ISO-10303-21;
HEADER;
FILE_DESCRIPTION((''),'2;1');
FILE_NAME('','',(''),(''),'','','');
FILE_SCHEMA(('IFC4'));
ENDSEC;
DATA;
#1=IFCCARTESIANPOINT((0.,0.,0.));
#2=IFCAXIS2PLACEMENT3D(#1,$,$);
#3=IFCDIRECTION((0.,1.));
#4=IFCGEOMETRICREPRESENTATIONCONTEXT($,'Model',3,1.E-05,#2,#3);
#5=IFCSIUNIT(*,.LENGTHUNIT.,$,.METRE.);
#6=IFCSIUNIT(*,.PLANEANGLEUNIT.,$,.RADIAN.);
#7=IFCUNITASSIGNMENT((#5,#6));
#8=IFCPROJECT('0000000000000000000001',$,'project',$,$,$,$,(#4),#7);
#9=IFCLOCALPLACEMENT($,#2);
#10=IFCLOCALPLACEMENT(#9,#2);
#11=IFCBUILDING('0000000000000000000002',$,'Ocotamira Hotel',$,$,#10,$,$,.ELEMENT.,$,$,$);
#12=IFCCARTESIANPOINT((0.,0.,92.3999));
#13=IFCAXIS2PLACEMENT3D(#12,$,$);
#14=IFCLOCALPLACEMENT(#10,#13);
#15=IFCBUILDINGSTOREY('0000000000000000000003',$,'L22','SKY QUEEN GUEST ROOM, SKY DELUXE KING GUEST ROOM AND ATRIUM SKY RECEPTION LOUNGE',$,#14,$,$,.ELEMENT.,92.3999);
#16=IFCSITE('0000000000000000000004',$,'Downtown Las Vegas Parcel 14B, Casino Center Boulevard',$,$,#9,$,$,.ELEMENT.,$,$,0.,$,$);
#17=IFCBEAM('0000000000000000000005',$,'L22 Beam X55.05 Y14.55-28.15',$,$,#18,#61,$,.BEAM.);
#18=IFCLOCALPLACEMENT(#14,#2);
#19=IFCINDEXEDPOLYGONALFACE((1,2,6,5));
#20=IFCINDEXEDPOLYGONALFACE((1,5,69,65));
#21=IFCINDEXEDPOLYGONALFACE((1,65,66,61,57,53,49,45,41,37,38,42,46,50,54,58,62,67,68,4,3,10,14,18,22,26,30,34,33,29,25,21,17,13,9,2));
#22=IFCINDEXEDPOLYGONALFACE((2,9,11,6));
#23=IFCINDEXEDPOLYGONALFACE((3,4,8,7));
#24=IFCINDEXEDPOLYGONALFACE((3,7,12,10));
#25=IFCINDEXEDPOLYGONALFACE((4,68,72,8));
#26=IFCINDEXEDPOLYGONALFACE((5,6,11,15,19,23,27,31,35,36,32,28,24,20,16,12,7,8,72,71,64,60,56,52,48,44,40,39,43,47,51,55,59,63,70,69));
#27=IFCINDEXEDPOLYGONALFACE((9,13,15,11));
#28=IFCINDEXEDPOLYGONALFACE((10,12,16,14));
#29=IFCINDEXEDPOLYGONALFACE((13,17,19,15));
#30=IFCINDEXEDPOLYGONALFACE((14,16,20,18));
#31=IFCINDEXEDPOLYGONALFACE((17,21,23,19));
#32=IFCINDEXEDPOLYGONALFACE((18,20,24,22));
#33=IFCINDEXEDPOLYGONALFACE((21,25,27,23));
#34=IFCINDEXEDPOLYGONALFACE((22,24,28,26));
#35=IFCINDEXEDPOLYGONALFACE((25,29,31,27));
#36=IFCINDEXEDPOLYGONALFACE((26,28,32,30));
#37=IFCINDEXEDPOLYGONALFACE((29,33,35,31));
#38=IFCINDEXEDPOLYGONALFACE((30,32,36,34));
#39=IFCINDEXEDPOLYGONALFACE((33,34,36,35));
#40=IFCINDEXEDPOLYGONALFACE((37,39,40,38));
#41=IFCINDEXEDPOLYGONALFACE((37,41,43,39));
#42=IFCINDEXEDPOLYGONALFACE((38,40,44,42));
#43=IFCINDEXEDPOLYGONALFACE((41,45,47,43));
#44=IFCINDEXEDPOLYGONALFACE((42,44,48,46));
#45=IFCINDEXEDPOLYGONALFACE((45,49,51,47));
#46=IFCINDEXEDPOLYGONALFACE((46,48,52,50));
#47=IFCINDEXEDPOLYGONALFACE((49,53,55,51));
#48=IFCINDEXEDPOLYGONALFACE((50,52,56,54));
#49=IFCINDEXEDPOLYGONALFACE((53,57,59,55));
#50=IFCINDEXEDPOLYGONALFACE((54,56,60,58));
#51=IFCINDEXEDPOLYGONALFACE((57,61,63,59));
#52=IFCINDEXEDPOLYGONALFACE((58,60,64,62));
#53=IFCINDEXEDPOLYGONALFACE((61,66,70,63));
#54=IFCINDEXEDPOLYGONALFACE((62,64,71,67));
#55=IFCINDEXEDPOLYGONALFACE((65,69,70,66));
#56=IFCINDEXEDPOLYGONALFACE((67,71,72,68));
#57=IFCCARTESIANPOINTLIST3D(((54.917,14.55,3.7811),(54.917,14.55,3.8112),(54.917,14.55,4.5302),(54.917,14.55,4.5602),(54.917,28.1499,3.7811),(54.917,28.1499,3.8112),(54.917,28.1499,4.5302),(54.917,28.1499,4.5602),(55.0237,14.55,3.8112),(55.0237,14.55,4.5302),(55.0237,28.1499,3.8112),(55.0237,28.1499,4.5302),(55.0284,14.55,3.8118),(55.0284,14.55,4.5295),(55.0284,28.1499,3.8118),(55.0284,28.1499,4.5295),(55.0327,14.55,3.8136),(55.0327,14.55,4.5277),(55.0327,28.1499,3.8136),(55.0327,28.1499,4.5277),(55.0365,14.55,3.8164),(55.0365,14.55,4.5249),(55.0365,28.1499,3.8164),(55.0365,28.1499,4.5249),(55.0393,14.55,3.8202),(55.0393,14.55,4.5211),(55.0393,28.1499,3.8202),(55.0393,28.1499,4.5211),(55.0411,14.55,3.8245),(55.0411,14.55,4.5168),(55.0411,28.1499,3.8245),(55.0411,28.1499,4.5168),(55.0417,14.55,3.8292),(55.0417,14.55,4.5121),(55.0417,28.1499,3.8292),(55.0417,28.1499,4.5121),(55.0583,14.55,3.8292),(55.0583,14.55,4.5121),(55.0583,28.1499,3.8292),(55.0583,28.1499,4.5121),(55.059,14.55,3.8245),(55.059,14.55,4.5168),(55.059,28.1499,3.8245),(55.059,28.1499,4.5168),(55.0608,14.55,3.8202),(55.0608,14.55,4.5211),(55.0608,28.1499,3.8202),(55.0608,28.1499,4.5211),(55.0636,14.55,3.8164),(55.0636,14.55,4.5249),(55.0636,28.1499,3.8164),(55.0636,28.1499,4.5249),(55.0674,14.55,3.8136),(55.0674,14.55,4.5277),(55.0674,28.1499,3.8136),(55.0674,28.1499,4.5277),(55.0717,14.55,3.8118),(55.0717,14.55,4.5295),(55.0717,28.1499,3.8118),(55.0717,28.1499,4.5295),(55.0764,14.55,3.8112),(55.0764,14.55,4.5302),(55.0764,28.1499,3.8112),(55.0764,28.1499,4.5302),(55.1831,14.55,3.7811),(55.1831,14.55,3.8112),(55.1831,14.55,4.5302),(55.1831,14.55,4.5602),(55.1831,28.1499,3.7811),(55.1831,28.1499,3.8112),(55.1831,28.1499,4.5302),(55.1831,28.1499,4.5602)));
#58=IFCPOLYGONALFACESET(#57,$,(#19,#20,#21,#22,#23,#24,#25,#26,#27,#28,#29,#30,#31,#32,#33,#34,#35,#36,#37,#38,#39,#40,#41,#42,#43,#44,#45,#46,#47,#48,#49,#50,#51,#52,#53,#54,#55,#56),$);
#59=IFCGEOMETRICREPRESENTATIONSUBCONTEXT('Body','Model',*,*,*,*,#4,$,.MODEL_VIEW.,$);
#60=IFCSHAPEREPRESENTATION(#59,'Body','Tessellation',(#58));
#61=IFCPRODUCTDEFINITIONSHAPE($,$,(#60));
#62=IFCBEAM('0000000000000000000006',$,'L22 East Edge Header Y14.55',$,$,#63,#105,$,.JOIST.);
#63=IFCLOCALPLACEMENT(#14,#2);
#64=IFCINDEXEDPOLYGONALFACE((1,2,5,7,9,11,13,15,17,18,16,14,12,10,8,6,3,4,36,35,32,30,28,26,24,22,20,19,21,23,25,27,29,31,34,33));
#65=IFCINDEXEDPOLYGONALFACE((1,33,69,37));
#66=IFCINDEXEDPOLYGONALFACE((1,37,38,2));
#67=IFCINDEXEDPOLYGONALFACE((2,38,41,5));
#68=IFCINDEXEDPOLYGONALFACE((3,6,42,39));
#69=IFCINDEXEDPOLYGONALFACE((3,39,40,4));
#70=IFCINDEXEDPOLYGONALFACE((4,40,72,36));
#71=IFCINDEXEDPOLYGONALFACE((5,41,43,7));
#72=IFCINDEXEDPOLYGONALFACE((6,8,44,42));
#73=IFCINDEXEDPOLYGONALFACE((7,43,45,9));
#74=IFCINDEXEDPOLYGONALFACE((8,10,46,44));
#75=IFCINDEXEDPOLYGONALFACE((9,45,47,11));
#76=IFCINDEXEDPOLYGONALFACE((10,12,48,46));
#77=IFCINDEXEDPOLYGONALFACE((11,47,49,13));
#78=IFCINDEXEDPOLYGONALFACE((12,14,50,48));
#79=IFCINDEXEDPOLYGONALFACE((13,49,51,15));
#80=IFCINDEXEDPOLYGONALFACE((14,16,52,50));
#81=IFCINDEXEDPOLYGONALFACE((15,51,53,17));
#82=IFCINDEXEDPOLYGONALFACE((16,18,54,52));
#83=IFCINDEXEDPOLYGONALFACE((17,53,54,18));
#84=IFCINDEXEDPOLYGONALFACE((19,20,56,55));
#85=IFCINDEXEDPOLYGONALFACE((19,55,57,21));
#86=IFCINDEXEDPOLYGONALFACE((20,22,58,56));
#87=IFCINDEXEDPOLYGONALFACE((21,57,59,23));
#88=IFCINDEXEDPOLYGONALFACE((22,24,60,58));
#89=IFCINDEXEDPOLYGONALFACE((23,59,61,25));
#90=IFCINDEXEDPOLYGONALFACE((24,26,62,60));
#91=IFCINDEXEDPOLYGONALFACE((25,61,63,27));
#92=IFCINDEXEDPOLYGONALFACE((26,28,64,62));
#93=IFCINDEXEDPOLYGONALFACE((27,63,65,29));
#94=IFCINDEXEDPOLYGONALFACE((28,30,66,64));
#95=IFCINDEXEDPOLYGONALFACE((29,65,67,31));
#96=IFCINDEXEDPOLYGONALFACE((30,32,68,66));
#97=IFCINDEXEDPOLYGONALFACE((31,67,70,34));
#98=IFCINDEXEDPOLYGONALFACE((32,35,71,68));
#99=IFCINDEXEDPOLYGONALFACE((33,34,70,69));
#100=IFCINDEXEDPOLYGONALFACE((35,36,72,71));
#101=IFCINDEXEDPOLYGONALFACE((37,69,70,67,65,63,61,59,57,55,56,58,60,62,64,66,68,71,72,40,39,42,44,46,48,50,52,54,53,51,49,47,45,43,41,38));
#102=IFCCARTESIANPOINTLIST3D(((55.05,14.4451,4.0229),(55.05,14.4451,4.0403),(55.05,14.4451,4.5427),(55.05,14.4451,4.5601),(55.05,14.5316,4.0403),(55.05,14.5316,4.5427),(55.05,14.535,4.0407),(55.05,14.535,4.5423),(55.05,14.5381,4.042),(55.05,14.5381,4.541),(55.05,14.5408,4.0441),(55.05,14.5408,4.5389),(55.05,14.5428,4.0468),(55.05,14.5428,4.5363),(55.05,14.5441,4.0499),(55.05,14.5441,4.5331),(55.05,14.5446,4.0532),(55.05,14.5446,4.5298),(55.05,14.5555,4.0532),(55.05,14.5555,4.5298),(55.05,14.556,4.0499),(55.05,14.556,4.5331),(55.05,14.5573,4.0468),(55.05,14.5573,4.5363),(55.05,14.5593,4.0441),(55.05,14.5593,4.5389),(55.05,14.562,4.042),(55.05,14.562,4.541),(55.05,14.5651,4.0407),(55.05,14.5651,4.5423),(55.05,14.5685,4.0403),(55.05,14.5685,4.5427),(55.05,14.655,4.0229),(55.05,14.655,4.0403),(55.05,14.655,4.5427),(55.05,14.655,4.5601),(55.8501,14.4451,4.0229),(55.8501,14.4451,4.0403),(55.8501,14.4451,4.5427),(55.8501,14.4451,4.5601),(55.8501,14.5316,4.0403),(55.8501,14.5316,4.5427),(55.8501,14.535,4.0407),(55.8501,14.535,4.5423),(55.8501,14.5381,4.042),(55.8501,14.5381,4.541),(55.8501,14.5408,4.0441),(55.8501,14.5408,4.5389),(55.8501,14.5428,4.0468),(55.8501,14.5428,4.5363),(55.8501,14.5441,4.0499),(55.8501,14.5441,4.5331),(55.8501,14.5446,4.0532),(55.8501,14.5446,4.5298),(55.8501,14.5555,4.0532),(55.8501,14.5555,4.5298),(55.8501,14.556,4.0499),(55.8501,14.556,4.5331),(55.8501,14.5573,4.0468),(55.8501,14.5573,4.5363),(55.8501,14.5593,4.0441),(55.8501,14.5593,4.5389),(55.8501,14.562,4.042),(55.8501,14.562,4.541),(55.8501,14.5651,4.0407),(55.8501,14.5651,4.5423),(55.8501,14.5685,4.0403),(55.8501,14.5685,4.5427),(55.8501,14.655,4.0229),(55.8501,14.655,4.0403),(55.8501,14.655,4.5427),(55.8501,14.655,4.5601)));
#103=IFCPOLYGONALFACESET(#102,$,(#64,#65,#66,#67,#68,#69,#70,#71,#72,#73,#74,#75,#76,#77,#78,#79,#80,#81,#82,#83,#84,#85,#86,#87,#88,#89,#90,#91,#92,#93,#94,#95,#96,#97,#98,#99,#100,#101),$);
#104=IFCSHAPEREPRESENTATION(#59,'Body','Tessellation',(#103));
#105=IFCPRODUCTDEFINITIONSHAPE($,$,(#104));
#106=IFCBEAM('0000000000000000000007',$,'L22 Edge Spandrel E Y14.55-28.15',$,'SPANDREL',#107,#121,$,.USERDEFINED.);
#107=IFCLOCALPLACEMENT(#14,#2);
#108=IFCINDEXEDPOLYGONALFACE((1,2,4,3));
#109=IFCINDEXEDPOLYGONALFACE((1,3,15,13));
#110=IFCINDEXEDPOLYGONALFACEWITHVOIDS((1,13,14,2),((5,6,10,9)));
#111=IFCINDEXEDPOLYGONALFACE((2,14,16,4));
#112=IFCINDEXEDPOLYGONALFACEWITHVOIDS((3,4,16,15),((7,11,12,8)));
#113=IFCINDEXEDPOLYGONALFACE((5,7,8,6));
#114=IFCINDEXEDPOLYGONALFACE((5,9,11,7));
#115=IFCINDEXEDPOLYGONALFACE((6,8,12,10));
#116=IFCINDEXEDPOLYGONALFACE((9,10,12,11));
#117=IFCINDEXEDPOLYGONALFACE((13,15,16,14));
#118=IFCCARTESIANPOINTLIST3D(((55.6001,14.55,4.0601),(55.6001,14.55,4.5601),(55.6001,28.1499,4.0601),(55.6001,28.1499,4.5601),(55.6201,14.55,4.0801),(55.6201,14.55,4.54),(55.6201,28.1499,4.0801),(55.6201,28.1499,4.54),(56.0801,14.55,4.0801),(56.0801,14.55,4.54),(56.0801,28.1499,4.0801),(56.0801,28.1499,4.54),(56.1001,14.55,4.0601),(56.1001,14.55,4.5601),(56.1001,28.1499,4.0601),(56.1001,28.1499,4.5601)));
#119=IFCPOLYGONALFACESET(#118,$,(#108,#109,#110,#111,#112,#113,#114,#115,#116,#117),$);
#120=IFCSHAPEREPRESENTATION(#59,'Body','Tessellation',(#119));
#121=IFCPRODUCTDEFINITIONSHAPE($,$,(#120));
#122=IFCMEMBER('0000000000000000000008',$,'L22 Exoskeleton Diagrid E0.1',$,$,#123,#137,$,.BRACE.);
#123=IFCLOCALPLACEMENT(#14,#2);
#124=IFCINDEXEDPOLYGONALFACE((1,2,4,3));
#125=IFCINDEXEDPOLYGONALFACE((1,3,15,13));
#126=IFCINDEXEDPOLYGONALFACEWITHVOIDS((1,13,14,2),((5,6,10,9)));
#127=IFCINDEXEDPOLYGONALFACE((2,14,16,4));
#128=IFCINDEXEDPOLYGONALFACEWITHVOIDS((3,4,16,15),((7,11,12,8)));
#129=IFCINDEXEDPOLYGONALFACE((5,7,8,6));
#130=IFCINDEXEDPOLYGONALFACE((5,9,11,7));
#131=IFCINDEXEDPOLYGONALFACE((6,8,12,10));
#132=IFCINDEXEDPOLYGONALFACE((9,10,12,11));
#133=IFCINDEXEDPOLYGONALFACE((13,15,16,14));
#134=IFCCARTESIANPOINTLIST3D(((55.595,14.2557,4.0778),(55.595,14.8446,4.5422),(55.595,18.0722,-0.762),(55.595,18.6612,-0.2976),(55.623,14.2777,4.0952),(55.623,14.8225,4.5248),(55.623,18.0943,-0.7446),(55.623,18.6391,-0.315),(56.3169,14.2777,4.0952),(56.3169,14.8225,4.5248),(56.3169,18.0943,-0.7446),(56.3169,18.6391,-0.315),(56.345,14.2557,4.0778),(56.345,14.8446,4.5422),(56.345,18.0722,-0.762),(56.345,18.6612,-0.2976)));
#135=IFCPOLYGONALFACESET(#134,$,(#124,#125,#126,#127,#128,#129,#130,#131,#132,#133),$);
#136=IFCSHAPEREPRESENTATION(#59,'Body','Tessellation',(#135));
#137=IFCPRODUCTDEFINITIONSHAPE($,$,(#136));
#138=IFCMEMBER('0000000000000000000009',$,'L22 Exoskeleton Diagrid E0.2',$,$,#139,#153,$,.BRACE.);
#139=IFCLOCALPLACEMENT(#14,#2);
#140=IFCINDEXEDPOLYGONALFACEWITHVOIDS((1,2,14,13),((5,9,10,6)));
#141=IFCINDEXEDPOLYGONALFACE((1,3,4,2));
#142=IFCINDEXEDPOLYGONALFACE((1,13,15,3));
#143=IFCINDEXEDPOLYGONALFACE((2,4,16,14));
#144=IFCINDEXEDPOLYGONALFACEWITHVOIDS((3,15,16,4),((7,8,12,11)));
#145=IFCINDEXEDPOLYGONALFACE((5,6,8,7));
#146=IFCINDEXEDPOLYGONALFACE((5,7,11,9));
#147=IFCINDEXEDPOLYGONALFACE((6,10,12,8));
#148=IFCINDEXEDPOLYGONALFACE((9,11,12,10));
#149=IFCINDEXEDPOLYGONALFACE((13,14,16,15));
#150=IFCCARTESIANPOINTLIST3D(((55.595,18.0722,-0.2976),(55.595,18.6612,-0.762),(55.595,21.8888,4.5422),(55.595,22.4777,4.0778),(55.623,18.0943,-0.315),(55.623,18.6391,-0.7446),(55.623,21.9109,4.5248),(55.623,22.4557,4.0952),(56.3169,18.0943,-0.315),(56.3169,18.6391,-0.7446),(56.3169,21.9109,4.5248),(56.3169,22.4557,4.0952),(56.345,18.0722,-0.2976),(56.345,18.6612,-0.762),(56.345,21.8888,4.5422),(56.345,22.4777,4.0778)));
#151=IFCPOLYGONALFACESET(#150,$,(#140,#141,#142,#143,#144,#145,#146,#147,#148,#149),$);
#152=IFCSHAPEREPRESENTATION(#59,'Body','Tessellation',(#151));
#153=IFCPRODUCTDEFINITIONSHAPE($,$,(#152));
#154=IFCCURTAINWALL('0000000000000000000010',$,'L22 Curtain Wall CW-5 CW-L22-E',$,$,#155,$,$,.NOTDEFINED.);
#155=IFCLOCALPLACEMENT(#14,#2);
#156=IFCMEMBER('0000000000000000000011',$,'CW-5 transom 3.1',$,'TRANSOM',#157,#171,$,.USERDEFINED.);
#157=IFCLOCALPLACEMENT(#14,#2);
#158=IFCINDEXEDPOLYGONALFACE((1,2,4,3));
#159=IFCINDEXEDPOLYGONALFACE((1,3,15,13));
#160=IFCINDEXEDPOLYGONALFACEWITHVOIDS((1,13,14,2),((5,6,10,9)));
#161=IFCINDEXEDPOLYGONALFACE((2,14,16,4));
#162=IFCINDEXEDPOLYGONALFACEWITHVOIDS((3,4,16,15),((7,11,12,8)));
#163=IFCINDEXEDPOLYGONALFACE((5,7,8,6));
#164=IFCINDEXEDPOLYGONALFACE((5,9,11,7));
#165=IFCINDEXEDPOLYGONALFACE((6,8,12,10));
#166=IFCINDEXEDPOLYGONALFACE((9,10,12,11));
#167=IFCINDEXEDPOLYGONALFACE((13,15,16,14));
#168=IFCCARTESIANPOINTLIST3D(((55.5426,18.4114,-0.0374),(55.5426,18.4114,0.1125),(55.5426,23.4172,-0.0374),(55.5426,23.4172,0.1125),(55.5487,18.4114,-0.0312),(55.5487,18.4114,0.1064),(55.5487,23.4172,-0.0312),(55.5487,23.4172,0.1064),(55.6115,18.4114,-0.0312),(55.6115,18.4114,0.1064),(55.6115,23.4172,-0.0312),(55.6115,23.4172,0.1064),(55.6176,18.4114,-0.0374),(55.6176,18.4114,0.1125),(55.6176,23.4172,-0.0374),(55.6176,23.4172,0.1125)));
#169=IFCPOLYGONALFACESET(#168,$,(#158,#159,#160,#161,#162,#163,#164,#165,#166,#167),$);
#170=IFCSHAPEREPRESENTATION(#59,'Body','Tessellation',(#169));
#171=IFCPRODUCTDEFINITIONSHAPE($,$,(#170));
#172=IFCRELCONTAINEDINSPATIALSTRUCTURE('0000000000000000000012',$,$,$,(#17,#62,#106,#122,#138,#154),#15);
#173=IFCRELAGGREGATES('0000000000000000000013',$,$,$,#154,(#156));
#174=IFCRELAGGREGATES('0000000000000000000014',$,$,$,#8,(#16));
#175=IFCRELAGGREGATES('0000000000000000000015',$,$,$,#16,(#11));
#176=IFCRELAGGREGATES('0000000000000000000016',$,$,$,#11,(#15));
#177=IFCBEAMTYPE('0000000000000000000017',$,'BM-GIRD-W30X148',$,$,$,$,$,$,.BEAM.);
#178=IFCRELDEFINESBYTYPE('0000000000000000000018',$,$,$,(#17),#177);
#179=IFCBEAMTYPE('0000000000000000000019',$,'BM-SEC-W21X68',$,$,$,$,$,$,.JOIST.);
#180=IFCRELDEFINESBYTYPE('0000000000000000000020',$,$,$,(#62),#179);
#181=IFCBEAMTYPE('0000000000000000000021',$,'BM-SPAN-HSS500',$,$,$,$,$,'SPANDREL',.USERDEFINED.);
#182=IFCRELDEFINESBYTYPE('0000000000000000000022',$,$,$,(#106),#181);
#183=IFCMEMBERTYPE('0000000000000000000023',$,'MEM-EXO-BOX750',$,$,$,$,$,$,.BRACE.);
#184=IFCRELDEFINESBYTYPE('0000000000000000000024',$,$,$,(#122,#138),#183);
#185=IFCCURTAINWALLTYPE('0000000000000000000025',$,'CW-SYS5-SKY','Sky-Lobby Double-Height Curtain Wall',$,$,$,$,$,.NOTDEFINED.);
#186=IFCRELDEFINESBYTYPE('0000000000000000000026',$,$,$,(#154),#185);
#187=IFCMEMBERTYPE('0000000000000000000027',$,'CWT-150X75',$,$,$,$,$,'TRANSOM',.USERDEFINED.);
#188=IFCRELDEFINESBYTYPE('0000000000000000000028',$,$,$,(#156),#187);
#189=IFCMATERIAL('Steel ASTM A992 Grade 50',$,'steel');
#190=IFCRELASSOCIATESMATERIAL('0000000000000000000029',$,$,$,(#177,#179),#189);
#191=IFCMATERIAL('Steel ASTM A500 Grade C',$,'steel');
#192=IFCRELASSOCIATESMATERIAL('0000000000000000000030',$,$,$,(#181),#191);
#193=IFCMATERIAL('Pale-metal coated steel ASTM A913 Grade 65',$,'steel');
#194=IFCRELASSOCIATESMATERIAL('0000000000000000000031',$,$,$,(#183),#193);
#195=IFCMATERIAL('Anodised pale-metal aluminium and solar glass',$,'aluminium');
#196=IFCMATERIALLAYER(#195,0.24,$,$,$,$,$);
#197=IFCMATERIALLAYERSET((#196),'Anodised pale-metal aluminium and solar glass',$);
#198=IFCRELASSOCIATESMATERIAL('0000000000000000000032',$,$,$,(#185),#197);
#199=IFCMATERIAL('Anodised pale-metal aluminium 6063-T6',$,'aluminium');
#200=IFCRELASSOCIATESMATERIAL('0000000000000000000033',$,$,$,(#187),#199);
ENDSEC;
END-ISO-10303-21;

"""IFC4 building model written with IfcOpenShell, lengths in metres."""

from ifc_helpers import new_model, si_unit, direction, frame, origin, origin_2d, place, context, subcontext, project, spatial, hollow_rectangle, i_section, extrude, source, transform, mapped, material, layer, layer_set, material_profile, profile_set, type_object, element, aggregate, save


model = new_model("IFC4")

# Units and contexts
model_context = context("Model", 3, precision=1e-05, world=origin(), true_north=direction((0.0, 1.0)))
body_context = subcontext(model_context, "Body", "Model", "MODEL_VIEW")
ifc_project = project(units=[si_unit("LENGTHUNIT", "METRE"), si_unit("PLANEANGLEUNIT", "RADIAN")], contexts=[model_context])

# Site, building, storey
site_placement = place(None, origin())
site = spatial("IfcSite", under=ifc_project, at=site_placement, Name="Downtown Las Vegas Parcel 14B, Casino Center Boulevard", CompositionType="ELEMENT", RefElevation=0.0)
building_placement = place(site_placement, origin())
building = spatial("IfcBuilding", under=site, at=building_placement, Name="Ocotamira Hotel", CompositionType="ELEMENT")
storey_placement = place(building_placement, frame((0.0, 0.0, 92.3999)))
storey = spatial("IfcBuildingStorey", under=building, at=storey_placement, Name="L22", Description="SKY QUEEN GUEST ROOM, SKY DELUXE KING GUEST ROOM AND ATRIUM SKY RECEPTION LOUNGE", CompositionType="ELEMENT", Elevation=92.3999)

# Beams
ifc_material_1 = material(Name="Steel ASTM A992 Grade 50", Category="steel")
ifc_material_profile_1 = material_profile(ifc_material_1, i_section(OverallWidth=0.2661, OverallDepth=0.7791, WebThickness=0.0166, FlangeThickness=0.03, FilletRadius=0.0181, at=origin_2d()), Name="W30X148")
ifc_profile_set_1 = profile_set([ifc_material_profile_1], Name="Steel ASTM A992 Grade 50")
beam_type_1 = type_object("IfcBeamType", Name="BM-GIRD-W30X148", PredefinedType="BEAM", material=ifc_profile_set_1)
shared_shape_1 = source(origin(), body_context, "Body", "SweptSolid", [
    extrude(i_section(OverallWidth=0.2661, OverallDepth=0.7791, WebThickness=0.0166, FlangeThickness=0.03, FilletRadius=0.0181, at=origin_2d()), origin(), (0.0, 0.0, 1.0), 13.5999),
])
beam_1_placement = place(storey_placement, frame((55.05, 14.55, 4.1707), z_axis=(0.0, 1.0, 0.0), x_axis=(-1.0, 0.0, 0.0)))
element("IfcBeam", 1, at=beam_1_placement, inside=storey, type_object=beam_type_1, Name="L22 Beam X55.05 Y14.55-28.15", PredefinedType="BEAM", context=body_context, shape_type="MappedRepresentation", body=[
    mapped(shared_shape_1, transform((0.0, 0.0, 0.0), scale=1.0)),
])
ifc_material_profile_2 = material_profile(ifc_material_1, i_section(OverallWidth=0.21, OverallDepth=0.5371, WebThickness=0.011, FlangeThickness=0.0173, FilletRadius=0.0129, at=origin_2d()), Name="W21X68")
ifc_profile_set_2 = profile_set([ifc_material_profile_2], Name="Steel ASTM A992 Grade 50")
beam_type_2 = type_object("IfcBeamType", Name="BM-SEC-W21X68", PredefinedType="JOIST", material=ifc_profile_set_2)
shared_shape_2 = source(origin(), body_context, "Body", "SweptSolid", [
    extrude(i_section(OverallWidth=0.21, OverallDepth=0.5371, WebThickness=0.011, FlangeThickness=0.0173, FilletRadius=0.0129, at=origin_2d()), origin(), (0.0, 0.0, 1.0), 0.8),
])
beam_2_placement = place(storey_placement, frame((55.05, 14.55, 4.2915), z_axis=(1.0, 0.0, 0.0), x_axis=(0.0, 1.0, 0.0)))
element("IfcBeam", 2, at=beam_2_placement, inside=storey, type_object=beam_type_2, Name="L22 East Edge Header Y14.55", PredefinedType="JOIST", context=body_context, shape_type="MappedRepresentation", body=[
    mapped(shared_shape_2, transform((0.0, 0.0, 0.0), scale=1.0)),
])
ifc_material_2 = material(Name="Steel ASTM A500 Grade C", Category="steel")
ifc_material_profile_3 = material_profile(ifc_material_2, hollow_rectangle(XDim=0.5, YDim=0.5, WallThickness=0.02, at=origin_2d()), Name="HSS500X500X20")
ifc_profile_set_3 = profile_set([ifc_material_profile_3], Name="Steel ASTM A500 Grade C")
beam_type_3 = type_object("IfcBeamType", Name="BM-SPAN-HSS500", ElementType="SPANDREL", PredefinedType="USERDEFINED", material=ifc_profile_set_3)
shared_shape_3 = source(origin(), body_context, "Body", "SweptSolid", [
    extrude(hollow_rectangle(XDim=0.5, YDim=0.5, WallThickness=0.02, at=origin_2d()), origin(), (0.0, 0.0, 1.0), 13.5999),
])
beam_3_placement = place(storey_placement, frame((55.8501, 14.55, 4.3101), z_axis=(0.0, 1.0, 0.0), x_axis=(-1.0, 0.0, 0.0)))
element("IfcBeam", 3, at=beam_3_placement, inside=storey, type_object=beam_type_3, Name="L22 Edge Spandrel E Y14.55-28.15", ObjectType="SPANDREL", PredefinedType="USERDEFINED", context=body_context, shape_type="MappedRepresentation", body=[
    mapped(shared_shape_3, transform((0.0, 0.0, 0.0), scale=1.0)),
])

# Members
ifc_material_3 = material(Name="Pale-metal coated steel ASTM A913 Grade 65", Category="steel")
ifc_material_profile_4 = material_profile(ifc_material_3, hollow_rectangle(XDim=0.75, YDim=0.75, WallThickness=0.0281, at=origin_2d()), Name="BOX750X750X28")
ifc_profile_set_4 = profile_set([ifc_material_profile_4], Name="Pale-metal coated steel ASTM A913 Grade 65")
member_type_1 = type_object("IfcMemberType", Name="MEM-EXO-BOX750", PredefinedType="BRACE", material=ifc_profile_set_4)
shared_shape_4 = source(origin(), body_context, "Body", "SweptSolid", [
    extrude(hollow_rectangle(XDim=0.75, YDim=0.75, WallThickness=0.0281, at=origin_2d()), origin(), (0.0, 0.0, 1.0), 6.1636),
])
for number, where, z_axis, x_axis, name in (
    (4, (55.97, 18.3667, -0.5298), (0.0, -0.619217, 0.78522), (1.0, 0.0, 0.0), "L22 Exoskeleton Diagrid E0.1"),
    (5, (55.97, 18.3667, -0.5298), (0.0, 0.619217, 0.78522), (-1.0, 0.0, 0.0), "L22 Exoskeleton Diagrid E0.2"),
):
    element("IfcMember", number, at=place(storey_placement, frame(where, z_axis=z_axis, x_axis=x_axis)), inside=storey, type_object=member_type_1, Name=name, PredefinedType="BRACE", context=body_context, shape_type="MappedRepresentation", body=[
        mapped(shared_shape_4, transform((0.0, 0.0, 0.0), scale=1.0)),
    ])

# Curtain wall, member
ifc_material_4 = material(Name="Anodised pale-metal aluminium and solar glass", Category="aluminium")
ifc_layer_1 = layer(ifc_material_4, 0.24)
ifc_layer_set_1 = layer_set([ifc_layer_1], Name="Anodised pale-metal aluminium and solar glass")
curtain_wall_type = type_object("IfcCurtainWallType", Name="CW-SYS5-SKY", Description="Sky-Lobby Double-Height Curtain Wall", PredefinedType="NOTDEFINED", material=ifc_layer_set_1)
curtain_wall_placement = place(storey_placement, origin())
curtain_wall = element("IfcCurtainWall", 6, at=curtain_wall_placement, inside=storey, type_object=curtain_wall_type, Name="L22 Curtain Wall CW-5 CW-L22-E", PredefinedType="NOTDEFINED")
ifc_material_5 = material(Name="Anodised pale-metal aluminium 6063-T6", Category="aluminium")
ifc_material_profile_5 = material_profile(ifc_material_5, hollow_rectangle(XDim=0.075, YDim=0.1499, WallThickness=0.0061, at=origin_2d()), Name="HSS150X75X6")
ifc_profile_set_5 = profile_set([ifc_material_profile_5], Name="Anodised pale-metal aluminium 6063-T6")
member_type_2 = type_object("IfcMemberType", Name="CWT-150X75", ElementType="TRANSOM", PredefinedType="USERDEFINED", material=ifc_profile_set_5)
shared_shape_5 = source(origin(), body_context, "Body", "SweptSolid", [
    extrude(hollow_rectangle(XDim=0.075, YDim=0.1499, WallThickness=0.0061, at=origin_2d()), origin(), (0.0, 0.0, 1.0), 5.0059),
])
member_1_placement = place(storey_placement, frame((55.5801, 18.4114, 0.0376), z_axis=(0.0, 1.0, 0.0), x_axis=(-1.0, 0.0, 0.0)))
member_1 = element("IfcMember", 7, at=member_1_placement, type_object=member_type_2, Name="CW-5 transom 3.1", ObjectType="TRANSOM", PredefinedType="USERDEFINED", context=body_context, shape_type="MappedRepresentation", body=[
    mapped(shared_shape_5, transform((0.0, 0.0, 0.0), scale=1.0)),
])

aggregate(curtain_wall, [member_1])

save(model, "model.ifc")
